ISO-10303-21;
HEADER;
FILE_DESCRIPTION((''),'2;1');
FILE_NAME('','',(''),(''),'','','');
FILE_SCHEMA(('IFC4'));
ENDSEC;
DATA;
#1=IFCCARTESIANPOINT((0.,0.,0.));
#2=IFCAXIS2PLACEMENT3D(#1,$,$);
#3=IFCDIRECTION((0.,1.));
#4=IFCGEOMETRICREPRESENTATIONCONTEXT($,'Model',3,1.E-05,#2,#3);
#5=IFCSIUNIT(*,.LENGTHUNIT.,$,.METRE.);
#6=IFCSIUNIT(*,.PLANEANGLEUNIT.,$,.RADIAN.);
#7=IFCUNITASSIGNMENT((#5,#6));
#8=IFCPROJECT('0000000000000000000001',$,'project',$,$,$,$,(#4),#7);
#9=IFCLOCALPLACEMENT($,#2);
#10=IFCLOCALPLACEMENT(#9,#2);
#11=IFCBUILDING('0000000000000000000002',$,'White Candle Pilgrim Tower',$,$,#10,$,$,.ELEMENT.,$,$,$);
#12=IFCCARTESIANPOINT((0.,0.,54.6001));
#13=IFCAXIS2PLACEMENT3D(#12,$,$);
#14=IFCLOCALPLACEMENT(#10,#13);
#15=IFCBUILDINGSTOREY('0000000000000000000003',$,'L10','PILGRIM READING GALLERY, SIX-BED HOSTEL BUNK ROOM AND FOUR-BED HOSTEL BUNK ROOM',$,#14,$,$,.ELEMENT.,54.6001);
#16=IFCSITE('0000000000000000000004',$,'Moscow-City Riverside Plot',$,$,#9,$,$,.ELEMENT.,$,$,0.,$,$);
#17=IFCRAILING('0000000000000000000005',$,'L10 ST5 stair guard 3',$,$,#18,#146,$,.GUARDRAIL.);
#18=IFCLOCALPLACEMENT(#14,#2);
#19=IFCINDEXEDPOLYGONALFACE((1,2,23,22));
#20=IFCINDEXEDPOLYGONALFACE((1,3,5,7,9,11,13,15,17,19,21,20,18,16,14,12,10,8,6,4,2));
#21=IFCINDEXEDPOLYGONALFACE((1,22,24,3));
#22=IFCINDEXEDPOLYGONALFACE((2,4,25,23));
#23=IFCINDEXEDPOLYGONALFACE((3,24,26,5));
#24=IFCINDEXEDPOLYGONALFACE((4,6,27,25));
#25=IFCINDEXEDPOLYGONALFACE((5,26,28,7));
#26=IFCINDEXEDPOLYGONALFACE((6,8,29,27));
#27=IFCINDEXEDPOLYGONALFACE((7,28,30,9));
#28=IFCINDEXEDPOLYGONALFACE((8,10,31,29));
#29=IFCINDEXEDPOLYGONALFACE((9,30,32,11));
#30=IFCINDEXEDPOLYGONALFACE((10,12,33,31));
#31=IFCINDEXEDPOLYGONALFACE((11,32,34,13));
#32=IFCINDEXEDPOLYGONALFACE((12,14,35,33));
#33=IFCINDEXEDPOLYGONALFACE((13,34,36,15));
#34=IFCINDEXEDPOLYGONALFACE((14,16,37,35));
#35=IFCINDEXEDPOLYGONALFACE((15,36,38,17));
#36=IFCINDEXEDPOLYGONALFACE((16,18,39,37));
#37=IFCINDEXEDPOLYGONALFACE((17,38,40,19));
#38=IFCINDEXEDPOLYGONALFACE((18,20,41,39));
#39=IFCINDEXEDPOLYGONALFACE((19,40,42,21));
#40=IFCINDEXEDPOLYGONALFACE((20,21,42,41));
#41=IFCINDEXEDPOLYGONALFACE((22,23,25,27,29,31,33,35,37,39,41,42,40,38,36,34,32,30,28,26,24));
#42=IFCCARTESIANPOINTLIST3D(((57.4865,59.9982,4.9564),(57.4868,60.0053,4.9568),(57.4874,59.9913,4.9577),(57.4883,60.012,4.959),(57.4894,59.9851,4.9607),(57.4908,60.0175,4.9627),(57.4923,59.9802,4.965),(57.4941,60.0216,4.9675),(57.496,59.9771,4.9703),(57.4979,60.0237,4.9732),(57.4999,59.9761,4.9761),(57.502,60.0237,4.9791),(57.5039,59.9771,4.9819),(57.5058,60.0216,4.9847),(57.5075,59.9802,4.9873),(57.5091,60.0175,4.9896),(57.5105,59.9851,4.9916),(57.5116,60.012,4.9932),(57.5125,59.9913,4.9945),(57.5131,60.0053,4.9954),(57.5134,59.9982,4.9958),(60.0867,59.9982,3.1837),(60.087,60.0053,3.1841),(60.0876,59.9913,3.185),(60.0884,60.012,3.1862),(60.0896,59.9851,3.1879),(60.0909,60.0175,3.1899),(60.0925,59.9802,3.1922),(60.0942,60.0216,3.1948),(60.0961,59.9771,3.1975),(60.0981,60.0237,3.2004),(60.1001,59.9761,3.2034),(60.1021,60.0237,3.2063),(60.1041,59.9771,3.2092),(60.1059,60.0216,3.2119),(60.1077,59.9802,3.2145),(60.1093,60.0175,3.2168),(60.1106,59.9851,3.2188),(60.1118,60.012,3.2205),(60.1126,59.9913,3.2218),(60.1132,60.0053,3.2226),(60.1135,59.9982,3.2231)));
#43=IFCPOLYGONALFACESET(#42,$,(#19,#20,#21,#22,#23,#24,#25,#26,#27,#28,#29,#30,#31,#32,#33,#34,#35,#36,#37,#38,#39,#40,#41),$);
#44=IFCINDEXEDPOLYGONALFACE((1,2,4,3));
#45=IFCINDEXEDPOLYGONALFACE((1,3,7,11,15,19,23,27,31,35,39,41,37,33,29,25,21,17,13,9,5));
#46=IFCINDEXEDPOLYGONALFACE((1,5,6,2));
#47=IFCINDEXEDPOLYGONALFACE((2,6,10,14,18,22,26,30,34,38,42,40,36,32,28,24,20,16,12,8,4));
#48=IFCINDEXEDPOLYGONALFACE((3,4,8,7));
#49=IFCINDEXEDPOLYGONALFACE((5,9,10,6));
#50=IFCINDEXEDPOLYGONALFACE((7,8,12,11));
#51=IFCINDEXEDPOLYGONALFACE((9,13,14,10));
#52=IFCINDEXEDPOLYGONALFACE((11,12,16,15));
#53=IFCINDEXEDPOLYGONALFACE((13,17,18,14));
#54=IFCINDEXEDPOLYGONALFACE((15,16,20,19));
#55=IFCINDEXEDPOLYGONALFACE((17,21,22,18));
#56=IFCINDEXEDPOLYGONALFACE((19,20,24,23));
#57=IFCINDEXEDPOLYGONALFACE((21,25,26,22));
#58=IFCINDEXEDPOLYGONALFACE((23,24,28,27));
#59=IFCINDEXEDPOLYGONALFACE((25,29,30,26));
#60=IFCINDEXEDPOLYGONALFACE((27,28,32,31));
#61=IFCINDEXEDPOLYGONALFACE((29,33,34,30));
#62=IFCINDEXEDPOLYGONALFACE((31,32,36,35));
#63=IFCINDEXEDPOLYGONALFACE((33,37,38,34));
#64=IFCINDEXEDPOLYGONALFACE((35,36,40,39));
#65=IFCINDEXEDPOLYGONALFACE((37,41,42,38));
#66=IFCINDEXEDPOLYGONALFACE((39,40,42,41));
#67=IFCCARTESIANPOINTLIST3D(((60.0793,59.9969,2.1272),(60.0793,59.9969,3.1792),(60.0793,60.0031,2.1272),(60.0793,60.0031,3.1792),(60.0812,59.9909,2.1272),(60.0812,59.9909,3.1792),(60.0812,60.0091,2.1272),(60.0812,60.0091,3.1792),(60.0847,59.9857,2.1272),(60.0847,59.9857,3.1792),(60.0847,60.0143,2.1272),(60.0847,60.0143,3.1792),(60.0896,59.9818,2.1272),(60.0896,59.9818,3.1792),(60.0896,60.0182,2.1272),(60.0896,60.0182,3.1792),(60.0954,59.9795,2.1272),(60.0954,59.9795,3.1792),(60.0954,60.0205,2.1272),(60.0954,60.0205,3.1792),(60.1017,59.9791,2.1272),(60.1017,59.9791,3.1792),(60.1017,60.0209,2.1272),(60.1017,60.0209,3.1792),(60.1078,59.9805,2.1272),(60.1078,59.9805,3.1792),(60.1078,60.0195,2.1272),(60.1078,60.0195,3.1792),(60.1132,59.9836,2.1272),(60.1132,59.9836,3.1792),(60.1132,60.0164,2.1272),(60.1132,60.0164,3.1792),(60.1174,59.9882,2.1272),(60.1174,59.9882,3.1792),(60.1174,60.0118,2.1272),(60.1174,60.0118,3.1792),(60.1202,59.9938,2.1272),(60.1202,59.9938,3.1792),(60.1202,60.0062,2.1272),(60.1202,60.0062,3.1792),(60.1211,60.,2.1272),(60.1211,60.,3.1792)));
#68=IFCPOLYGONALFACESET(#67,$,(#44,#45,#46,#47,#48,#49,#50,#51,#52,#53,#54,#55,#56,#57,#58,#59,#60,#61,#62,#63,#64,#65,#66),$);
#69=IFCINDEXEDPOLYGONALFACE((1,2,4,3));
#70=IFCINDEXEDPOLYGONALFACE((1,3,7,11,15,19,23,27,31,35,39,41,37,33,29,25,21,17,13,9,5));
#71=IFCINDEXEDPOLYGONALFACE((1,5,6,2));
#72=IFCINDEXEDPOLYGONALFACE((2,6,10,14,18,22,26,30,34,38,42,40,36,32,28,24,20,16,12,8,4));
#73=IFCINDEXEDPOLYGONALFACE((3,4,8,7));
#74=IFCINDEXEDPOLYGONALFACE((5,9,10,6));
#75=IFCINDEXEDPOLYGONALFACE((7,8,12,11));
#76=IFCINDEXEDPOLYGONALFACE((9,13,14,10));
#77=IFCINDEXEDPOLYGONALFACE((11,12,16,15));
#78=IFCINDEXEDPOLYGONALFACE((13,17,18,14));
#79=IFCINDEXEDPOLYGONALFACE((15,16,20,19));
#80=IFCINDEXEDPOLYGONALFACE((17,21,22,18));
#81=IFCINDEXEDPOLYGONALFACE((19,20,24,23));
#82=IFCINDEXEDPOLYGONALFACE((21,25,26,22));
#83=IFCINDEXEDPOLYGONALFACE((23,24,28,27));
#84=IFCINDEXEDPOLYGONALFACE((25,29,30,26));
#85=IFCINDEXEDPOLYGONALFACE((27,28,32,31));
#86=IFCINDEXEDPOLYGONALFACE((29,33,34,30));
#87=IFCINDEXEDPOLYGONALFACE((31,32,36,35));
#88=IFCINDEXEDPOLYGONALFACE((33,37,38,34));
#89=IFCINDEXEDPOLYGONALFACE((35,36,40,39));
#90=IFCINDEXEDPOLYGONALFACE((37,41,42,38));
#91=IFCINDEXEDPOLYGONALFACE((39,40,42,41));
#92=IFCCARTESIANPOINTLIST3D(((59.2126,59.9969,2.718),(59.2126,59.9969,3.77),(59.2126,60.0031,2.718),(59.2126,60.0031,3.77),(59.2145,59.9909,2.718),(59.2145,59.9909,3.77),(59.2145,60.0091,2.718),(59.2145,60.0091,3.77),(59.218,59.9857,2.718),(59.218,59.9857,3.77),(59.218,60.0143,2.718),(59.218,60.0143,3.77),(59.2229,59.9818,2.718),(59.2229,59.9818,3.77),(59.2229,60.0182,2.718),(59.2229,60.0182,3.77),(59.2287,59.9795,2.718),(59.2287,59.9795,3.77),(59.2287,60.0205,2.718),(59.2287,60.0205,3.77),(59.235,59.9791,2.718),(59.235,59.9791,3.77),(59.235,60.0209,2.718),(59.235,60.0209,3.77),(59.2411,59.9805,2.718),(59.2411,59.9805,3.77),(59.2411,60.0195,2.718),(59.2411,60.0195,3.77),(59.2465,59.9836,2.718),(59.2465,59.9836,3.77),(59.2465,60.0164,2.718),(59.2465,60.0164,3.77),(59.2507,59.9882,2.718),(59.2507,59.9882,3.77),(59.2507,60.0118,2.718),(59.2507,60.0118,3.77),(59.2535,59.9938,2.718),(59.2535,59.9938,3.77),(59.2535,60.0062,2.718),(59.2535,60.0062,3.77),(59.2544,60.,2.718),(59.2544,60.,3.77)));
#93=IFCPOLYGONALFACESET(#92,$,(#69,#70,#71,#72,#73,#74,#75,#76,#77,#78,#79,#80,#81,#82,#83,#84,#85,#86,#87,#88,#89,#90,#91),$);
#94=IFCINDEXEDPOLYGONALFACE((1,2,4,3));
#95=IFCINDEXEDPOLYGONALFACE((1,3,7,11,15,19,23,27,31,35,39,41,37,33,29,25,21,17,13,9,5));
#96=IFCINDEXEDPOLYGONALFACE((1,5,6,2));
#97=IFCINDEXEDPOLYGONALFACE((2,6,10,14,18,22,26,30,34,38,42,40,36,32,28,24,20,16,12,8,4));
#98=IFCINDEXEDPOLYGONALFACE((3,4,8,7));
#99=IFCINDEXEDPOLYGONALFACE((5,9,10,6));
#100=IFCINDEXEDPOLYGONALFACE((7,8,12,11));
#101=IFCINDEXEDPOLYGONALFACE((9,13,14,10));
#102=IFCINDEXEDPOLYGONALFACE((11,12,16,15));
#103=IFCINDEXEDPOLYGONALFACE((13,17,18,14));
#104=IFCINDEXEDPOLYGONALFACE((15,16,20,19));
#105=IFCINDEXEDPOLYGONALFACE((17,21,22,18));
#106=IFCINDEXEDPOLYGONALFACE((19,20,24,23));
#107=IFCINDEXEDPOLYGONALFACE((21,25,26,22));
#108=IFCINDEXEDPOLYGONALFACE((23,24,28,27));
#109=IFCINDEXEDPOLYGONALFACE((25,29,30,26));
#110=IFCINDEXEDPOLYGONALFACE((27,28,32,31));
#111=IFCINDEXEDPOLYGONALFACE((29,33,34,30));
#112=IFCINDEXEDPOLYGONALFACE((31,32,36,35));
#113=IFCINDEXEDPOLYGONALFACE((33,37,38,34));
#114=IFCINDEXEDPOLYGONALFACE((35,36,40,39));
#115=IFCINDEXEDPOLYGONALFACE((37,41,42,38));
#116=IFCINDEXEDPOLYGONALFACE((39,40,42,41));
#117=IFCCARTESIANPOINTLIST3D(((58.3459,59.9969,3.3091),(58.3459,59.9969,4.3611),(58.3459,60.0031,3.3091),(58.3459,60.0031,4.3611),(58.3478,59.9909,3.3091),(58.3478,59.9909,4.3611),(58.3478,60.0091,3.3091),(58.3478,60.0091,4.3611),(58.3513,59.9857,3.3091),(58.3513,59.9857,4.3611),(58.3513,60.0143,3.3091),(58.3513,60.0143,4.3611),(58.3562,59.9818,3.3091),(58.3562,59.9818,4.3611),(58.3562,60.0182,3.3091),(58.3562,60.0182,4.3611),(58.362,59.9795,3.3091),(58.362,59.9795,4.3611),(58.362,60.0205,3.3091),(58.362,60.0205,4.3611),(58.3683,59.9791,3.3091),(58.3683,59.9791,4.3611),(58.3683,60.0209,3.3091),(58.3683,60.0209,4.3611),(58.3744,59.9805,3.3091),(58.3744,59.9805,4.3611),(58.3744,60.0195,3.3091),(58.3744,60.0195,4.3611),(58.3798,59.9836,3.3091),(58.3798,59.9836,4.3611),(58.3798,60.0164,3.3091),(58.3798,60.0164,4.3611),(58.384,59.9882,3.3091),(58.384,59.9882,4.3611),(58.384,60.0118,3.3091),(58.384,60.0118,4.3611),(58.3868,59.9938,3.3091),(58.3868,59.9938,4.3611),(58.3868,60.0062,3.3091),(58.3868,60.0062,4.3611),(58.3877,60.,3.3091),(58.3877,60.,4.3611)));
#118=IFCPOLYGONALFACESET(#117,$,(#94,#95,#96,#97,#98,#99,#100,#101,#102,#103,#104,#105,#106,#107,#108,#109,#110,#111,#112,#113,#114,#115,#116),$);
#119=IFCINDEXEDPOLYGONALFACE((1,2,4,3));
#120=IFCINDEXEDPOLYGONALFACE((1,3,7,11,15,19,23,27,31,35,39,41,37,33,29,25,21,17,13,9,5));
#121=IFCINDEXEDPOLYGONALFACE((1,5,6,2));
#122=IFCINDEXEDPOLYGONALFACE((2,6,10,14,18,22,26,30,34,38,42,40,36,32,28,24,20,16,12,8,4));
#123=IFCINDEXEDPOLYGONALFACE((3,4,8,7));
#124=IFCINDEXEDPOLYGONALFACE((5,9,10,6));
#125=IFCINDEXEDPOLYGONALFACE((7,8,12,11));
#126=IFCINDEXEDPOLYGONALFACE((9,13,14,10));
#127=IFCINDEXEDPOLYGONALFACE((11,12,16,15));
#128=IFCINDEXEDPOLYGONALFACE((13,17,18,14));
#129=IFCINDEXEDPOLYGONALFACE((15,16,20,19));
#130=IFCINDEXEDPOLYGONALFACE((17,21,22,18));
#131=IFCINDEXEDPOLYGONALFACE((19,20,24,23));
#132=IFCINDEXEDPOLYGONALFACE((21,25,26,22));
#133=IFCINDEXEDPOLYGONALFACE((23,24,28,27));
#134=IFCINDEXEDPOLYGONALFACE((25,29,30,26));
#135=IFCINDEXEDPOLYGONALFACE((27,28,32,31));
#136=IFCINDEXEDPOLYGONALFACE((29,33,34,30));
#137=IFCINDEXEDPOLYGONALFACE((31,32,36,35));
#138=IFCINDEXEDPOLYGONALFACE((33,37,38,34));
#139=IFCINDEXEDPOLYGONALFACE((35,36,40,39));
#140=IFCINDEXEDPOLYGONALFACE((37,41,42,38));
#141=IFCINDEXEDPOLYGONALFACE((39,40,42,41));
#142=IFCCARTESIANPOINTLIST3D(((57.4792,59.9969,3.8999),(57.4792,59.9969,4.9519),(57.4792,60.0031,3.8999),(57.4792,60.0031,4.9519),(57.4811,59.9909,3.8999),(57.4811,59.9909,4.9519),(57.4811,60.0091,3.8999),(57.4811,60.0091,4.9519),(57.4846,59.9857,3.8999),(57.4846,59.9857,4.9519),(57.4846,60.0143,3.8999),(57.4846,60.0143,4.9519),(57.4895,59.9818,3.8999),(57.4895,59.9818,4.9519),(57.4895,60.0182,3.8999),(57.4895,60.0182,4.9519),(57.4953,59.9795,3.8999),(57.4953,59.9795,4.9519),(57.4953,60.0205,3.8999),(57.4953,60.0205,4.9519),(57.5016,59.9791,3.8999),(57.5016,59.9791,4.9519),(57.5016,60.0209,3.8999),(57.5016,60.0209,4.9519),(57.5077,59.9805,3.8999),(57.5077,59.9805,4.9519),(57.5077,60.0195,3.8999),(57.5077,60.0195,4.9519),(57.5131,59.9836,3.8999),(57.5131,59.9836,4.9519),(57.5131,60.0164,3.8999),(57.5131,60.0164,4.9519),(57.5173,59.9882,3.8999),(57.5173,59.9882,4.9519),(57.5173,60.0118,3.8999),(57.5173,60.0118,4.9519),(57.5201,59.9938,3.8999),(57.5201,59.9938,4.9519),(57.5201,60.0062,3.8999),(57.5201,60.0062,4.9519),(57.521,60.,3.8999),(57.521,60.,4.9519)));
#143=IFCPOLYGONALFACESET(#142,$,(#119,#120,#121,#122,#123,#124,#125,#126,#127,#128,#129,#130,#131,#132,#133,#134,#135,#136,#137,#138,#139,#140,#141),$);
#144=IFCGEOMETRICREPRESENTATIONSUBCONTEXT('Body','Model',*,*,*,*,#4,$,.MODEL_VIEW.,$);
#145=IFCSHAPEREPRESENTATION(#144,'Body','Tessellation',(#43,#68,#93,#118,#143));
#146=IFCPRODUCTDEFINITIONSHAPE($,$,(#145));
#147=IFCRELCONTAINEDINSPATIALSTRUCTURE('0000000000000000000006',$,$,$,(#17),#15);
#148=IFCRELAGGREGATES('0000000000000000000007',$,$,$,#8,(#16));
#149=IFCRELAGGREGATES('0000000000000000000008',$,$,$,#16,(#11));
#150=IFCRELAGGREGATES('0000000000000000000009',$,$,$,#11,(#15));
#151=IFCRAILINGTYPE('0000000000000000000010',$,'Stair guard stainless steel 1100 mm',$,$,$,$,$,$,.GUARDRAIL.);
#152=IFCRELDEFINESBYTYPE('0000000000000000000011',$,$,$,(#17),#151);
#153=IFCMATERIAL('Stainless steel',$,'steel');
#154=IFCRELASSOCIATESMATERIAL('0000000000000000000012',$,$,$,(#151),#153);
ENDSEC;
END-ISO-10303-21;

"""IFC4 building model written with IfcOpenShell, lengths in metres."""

from ifc_helpers import new_model, si_unit, direction, frame, origin, origin_2d, place, context, subcontext, project, spatial, circle, extrude, material, type_object, element, save


model = new_model("IFC4")

# Units and contexts
model_context = context("Model", 3, precision=1e-05, world=origin(), true_north=direction((0.0, 1.0)))
body_context = subcontext(model_context, "Body", "Model", "MODEL_VIEW")
ifc_project = project(units=[si_unit("LENGTHUNIT", "METRE"), si_unit("PLANEANGLEUNIT", "RADIAN")], contexts=[model_context])

# Site, building, storey
site_placement = place(None, origin())
site = spatial("IfcSite", under=ifc_project, at=site_placement, Name="Moscow-City Riverside Plot", CompositionType="ELEMENT", RefElevation=0.0)
building_placement = place(site_placement, origin())
building = spatial("IfcBuilding", under=site, at=building_placement, Name="White Candle Pilgrim Tower", CompositionType="ELEMENT")
storey_placement = place(building_placement, frame((0.0, 0.0, 54.6001)))
storey = spatial("IfcBuildingStorey", under=building, at=storey_placement, Name="L10", Description="PILGRIM READING GALLERY, SIX-BED HOSTEL BUNK ROOM AND FOUR-BED HOSTEL BUNK ROOM", CompositionType="ELEMENT", Elevation=54.6001)

# Railing
ifc_material_1 = material(Name="Stainless steel", Category="steel")
railing_type_1 = type_object("IfcRailingType", Name="Stair guard stainless steel 1100 mm", PredefinedType="GUARDRAIL", material=ifc_material_1)
railing_1_placement = place(storey_placement, frame((60.1001, 60.0, 2.1272)))
element("IfcRailing", 1, at=railing_1_placement, inside=storey, type_object=railing_type_1, Name="L10 ST5 stair guard 3", PredefinedType="GUARDRAIL", context=body_context, shape_type="SweptSolid", body=[
    extrude(circle(Radius=0.0239, at=origin_2d()), frame((0.0, 0.0, 1.0762), z_axis=(-0.82624, 0.0, 0.563318), x_axis=(0.0, -1.0, 0.0)), (0.0, 0.0, 1.0), 3.147),
    extrude(circle(Radius=0.021, at=origin_2d()), origin(), (0.0, 0.0, 1.0), 1.052),
    extrude(circle(Radius=0.021, at=origin_2d()), frame((-0.8667, 0.0, 0.5908)), (0.0, 0.0, 1.0), 1.052),
    extrude(circle(Radius=0.021, at=origin_2d()), frame((-1.7334, 0.0, 1.1819)), (0.0, 0.0, 1.0), 1.052),
    extrude(circle(Radius=0.021, at=origin_2d()), frame((-2.6001, 0.0, 1.7727)), (0.0, 0.0, 1.0), 1.052),
])

save(model, "model.ifc")
